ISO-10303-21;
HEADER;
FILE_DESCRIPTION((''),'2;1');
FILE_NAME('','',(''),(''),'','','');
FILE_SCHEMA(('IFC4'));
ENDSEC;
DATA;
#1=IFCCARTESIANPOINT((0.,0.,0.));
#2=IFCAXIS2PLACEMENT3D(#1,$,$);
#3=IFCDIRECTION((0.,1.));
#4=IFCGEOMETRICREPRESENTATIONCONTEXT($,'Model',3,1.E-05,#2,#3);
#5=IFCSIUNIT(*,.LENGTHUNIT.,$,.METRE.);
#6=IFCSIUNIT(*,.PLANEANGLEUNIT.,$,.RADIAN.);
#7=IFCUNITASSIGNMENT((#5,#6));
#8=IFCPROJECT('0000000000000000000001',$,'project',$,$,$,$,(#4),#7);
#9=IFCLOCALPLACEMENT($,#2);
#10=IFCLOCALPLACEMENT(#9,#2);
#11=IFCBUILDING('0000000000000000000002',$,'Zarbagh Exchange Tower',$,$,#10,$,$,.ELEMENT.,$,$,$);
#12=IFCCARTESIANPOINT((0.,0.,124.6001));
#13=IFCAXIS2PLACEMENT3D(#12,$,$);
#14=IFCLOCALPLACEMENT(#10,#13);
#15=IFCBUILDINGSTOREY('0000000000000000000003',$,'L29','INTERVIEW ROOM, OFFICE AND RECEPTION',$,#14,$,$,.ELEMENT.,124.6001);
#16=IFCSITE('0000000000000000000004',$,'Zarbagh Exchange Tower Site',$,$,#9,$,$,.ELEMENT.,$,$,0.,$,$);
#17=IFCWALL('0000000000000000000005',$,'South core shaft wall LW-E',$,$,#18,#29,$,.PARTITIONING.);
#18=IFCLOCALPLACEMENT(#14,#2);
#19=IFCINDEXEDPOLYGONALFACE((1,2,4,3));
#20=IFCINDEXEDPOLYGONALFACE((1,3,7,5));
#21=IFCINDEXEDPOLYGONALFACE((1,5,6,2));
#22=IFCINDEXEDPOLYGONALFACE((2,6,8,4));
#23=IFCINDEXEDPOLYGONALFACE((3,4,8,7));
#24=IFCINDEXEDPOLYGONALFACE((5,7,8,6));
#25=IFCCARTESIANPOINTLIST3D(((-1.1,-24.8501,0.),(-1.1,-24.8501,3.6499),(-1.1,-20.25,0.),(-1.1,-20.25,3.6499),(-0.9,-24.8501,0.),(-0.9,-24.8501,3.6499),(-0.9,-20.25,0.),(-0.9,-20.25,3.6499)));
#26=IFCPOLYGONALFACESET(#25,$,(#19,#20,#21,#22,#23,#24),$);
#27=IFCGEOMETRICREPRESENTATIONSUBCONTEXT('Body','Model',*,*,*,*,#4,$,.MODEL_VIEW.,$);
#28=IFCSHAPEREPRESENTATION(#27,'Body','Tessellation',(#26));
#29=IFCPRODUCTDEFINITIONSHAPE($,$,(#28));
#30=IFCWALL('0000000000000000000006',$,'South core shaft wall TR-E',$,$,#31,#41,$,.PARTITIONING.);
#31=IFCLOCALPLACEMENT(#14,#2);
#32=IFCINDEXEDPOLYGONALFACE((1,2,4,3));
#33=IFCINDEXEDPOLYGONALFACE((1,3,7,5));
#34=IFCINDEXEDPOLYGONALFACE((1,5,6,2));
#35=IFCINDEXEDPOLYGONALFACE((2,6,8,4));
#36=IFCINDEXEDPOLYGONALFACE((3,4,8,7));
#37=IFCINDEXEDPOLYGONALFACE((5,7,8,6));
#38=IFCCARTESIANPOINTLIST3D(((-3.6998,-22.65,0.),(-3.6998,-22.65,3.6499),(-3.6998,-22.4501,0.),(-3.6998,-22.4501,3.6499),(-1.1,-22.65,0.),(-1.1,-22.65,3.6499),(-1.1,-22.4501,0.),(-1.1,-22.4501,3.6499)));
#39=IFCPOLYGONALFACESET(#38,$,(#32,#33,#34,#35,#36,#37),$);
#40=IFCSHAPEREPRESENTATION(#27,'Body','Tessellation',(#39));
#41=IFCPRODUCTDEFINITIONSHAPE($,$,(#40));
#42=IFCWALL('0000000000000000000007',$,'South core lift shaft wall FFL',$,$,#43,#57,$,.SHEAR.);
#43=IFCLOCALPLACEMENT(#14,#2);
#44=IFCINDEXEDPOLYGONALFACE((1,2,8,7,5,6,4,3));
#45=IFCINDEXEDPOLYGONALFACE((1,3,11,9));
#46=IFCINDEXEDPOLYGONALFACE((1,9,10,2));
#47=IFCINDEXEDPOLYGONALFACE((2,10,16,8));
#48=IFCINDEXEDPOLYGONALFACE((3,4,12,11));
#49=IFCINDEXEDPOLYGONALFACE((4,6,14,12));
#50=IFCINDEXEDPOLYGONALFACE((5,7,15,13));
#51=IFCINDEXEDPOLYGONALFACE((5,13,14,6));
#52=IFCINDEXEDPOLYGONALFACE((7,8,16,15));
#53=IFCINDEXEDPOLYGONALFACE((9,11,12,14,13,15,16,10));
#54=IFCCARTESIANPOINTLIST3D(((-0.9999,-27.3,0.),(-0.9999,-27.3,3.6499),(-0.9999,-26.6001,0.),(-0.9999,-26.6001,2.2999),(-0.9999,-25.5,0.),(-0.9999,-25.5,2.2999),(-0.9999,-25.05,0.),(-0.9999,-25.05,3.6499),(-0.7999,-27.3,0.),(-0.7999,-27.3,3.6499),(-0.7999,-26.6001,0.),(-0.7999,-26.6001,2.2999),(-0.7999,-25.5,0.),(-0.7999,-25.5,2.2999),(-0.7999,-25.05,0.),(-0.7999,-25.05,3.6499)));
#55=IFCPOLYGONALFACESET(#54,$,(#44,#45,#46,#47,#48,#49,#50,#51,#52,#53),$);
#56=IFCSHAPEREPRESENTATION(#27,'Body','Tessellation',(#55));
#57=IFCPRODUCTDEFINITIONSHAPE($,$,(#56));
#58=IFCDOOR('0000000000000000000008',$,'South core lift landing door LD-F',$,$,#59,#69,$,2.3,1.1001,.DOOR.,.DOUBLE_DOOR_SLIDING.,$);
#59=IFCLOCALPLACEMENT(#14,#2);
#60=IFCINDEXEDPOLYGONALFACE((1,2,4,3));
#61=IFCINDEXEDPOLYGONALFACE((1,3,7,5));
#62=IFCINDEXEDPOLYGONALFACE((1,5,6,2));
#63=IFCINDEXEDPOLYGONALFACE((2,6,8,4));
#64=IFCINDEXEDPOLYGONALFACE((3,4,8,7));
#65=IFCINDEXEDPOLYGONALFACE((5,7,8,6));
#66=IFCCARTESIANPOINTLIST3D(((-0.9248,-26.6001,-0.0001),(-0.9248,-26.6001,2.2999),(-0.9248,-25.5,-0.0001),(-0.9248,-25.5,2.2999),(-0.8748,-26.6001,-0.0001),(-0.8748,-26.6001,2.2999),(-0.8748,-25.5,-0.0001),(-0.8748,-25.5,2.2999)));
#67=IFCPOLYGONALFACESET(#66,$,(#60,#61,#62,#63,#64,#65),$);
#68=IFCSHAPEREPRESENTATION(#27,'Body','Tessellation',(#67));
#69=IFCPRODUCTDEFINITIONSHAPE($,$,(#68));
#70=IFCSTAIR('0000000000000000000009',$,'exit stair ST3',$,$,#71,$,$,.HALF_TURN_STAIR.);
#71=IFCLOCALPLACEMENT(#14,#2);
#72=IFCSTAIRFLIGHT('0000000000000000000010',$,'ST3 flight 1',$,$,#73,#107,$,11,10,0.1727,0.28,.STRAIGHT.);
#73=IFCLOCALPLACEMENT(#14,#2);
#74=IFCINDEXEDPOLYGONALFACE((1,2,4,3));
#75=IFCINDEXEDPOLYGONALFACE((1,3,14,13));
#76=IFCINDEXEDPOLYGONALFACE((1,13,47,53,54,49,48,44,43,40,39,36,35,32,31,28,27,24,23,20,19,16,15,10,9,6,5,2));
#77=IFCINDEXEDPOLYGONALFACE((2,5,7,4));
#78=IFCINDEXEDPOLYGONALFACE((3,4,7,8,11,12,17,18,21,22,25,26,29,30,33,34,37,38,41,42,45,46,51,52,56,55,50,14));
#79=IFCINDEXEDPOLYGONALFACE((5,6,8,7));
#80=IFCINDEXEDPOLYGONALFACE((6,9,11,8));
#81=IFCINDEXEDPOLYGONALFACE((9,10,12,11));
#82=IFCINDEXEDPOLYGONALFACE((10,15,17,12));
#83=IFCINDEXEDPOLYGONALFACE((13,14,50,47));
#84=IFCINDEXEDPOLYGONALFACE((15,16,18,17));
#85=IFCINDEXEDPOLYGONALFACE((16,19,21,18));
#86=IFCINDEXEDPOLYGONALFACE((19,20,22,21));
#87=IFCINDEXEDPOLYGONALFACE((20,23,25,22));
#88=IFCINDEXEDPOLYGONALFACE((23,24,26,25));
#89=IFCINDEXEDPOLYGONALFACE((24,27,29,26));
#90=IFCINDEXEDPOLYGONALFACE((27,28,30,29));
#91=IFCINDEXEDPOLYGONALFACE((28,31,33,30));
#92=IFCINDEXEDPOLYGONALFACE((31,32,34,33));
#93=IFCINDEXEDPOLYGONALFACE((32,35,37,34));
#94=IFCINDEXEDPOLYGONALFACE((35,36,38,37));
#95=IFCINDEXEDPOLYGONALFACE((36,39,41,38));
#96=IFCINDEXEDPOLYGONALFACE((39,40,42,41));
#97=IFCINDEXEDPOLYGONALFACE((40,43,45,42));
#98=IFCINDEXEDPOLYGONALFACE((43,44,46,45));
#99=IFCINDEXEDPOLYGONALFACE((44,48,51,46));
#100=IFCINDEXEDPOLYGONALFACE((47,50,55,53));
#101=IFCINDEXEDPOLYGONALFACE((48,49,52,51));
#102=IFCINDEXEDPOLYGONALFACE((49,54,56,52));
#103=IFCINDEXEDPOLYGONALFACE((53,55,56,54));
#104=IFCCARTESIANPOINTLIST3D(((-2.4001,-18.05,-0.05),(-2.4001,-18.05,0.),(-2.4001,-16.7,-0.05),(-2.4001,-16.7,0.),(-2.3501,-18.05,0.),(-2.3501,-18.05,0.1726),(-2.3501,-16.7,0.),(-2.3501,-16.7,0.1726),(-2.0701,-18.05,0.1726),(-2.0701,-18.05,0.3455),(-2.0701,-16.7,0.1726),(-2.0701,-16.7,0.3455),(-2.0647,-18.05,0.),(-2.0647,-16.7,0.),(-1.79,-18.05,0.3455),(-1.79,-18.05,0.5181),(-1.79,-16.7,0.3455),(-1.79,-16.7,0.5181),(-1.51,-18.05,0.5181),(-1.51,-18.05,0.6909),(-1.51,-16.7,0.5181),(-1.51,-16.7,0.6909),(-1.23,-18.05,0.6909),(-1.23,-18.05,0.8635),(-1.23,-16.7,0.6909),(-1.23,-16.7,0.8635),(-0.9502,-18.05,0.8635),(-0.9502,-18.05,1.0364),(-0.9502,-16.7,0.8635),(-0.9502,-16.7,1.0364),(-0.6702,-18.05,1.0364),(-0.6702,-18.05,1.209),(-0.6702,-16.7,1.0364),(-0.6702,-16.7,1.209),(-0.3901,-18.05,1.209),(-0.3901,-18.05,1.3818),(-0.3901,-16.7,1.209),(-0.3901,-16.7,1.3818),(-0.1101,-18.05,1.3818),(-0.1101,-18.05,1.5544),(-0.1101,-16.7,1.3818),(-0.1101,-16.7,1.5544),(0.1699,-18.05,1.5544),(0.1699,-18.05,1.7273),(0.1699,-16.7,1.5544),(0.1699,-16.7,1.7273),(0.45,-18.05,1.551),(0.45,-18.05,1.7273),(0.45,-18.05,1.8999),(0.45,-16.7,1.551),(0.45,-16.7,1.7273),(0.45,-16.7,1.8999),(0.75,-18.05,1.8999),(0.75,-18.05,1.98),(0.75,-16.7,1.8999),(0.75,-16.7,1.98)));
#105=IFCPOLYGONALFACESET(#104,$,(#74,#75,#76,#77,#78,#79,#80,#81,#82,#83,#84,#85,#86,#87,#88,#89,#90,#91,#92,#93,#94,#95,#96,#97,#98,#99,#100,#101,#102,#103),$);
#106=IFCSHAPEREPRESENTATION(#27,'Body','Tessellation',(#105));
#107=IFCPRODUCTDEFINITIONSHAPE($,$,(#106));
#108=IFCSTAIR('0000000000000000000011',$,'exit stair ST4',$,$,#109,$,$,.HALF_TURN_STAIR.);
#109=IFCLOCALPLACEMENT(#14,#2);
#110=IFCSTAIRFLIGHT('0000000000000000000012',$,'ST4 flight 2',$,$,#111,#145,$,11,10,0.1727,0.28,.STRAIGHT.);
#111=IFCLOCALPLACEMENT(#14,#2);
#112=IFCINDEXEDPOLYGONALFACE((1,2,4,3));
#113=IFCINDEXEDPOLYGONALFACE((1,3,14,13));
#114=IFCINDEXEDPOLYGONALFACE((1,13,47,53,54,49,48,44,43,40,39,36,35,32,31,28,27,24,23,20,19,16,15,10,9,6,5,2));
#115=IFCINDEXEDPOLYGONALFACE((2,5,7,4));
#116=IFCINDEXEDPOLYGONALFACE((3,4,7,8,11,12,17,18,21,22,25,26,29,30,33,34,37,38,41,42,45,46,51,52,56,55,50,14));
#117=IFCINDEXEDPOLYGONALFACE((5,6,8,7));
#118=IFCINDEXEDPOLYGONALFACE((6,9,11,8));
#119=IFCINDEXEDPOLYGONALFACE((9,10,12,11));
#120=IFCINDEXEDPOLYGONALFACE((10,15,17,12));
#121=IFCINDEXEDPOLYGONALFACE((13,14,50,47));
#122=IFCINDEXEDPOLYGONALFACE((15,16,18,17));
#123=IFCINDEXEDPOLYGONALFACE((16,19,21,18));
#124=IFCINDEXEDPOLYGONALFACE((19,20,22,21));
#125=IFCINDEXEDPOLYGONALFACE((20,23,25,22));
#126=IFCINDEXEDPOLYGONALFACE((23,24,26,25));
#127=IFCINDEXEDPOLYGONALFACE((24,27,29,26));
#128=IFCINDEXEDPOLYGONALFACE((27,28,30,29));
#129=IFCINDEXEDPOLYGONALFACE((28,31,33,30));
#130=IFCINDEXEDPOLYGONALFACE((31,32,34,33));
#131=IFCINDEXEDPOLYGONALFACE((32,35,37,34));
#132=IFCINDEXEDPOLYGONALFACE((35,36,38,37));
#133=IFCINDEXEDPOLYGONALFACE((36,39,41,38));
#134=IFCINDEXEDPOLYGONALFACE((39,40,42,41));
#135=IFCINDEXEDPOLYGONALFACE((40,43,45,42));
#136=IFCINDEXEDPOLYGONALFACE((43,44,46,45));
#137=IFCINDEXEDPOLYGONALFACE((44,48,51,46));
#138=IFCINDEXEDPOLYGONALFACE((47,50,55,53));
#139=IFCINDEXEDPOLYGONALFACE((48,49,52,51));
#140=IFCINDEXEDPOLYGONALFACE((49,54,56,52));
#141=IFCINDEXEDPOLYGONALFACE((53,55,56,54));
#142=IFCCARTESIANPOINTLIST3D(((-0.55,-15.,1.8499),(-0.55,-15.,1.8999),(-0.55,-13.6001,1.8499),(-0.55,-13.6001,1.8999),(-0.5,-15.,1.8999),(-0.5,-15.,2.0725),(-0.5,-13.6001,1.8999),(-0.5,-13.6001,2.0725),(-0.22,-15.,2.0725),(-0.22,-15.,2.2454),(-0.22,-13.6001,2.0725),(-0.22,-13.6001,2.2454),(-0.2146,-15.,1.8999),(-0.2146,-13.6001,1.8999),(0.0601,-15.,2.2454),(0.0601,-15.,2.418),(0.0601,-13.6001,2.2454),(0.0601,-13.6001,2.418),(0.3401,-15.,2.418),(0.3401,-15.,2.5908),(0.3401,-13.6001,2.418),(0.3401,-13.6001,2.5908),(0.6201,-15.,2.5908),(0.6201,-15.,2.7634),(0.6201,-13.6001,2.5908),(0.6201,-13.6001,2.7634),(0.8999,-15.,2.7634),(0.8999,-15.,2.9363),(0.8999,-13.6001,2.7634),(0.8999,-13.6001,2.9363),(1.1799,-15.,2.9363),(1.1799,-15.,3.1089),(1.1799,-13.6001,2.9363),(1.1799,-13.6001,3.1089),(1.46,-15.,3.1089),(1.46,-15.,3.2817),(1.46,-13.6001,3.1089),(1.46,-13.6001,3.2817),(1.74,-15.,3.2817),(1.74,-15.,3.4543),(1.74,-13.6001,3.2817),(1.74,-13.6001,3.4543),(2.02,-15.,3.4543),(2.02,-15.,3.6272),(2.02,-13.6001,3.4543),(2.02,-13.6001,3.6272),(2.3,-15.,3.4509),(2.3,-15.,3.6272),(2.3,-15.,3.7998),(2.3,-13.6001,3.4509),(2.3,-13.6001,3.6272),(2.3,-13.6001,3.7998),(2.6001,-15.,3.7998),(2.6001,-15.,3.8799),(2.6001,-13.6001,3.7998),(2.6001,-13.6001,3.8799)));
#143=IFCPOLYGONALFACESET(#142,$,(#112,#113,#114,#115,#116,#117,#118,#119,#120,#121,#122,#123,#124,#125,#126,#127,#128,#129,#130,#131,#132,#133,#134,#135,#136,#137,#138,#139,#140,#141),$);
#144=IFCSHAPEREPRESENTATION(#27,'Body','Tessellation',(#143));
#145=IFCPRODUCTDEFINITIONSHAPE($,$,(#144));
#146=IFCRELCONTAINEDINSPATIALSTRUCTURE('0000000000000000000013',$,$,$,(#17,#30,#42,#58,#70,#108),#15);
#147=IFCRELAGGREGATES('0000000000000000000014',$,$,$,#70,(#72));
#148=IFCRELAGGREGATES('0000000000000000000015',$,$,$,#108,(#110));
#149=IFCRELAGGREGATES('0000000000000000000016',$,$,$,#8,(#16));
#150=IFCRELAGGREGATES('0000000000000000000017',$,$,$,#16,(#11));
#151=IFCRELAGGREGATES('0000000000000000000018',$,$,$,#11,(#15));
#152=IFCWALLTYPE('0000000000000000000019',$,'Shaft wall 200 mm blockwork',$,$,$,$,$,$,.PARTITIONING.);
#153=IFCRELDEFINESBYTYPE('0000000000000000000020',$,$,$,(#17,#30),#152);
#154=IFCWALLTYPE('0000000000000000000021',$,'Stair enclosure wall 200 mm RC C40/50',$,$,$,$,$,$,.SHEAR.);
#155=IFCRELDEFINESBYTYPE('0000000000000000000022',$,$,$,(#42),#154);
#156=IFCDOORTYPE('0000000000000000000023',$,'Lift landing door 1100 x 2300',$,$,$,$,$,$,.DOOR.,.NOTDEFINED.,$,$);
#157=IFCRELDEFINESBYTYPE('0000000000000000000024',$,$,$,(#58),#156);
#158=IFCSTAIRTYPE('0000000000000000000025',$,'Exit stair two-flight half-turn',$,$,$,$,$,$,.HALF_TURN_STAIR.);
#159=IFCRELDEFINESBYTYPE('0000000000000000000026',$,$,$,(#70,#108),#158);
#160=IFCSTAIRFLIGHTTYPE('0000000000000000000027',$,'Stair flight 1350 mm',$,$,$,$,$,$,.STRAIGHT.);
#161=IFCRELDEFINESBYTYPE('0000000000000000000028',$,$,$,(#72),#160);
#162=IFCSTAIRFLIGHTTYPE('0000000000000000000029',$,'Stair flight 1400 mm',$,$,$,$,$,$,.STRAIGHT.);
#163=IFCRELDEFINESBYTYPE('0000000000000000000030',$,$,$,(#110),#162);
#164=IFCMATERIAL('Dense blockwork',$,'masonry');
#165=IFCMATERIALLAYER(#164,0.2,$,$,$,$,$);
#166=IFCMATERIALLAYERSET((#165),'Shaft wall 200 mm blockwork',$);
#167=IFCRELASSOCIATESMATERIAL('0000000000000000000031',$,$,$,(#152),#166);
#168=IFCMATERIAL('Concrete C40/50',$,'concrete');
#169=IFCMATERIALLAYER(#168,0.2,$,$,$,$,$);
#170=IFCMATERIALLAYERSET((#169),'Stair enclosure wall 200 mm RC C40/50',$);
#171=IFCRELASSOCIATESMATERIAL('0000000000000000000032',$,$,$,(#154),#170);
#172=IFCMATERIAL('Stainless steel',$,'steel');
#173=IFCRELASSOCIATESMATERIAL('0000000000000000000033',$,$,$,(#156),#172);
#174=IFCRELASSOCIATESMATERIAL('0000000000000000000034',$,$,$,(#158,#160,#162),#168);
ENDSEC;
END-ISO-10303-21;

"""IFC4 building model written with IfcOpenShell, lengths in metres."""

from ifc_helpers import new_model, si_unit, direction, frame, frame_2d, origin, place, context, subcontext, project, spatial, polyline, rectangle, outline, extrude, material, layer, layer_set, type_object, element, fill, aggregate, save


model = new_model("IFC4")

# Units and contexts
model_context = context("Model", 3, precision=1e-05, world=origin(), true_north=direction((0.0, 1.0)))
body_context = subcontext(model_context, "Body", "Model", "MODEL_VIEW")
ifc_project = project(units=[si_unit("LENGTHUNIT", "METRE"), si_unit("PLANEANGLEUNIT", "RADIAN")], contexts=[model_context])

# Site, building, storey
site_placement = place(None, origin())
site = spatial("IfcSite", under=ifc_project, at=site_placement, Name="Zarbagh Exchange Tower Site", CompositionType="ELEMENT", RefElevation=0.0)
building_placement = place(site_placement, origin())
building = spatial("IfcBuilding", under=site, at=building_placement, Name="Zarbagh Exchange Tower", CompositionType="ELEMENT")
storey_placement = place(building_placement, frame((0.0, 0.0, 124.6001)))
storey = spatial("IfcBuildingStorey", under=building, at=storey_placement, Name="L29", Description="INTERVIEW ROOM, OFFICE AND RECEPTION", CompositionType="ELEMENT", Elevation=124.6001)

# Shared definitions
ifc_material_1 = material(Name="Concrete C40/50", Category="concrete")

# Walls
ifc_material_2 = material(Name="Dense blockwork", Category="masonry")
ifc_layer_1 = layer(ifc_material_2, 0.2)
ifc_layer_set_1 = layer_set([ifc_layer_1], Name="Shaft wall 200 mm blockwork")
wall_type_1 = type_object("IfcWallType", Name="Shaft wall 200 mm blockwork", PredefinedType="PARTITIONING", material=ifc_layer_set_1)
wall_1_placement = place(storey_placement, frame((-1.0, -24.8501, 0.0), z_axis=(0.0, 0.0, 1.0), x_axis=(0.0, 1.0, 0.0)))
element("IfcWall", 1, at=wall_1_placement, inside=storey, type_object=wall_type_1, Name="South core shaft wall LW-E", PredefinedType="PARTITIONING", context=body_context, shape_type="SweptSolid", body=[
    extrude(rectangle(XDim=4.6001, YDim=0.2, at=frame_2d((2.3, 0.0))), origin(), (0.0, 0.0, 1.0), 3.6499),
])
wall_2_placement = place(storey_placement, frame((-1.1001, -22.55, 0.0), z_axis=(0.0, 0.0, 1.0), x_axis=(-1.0, 0.0, 0.0)))
element("IfcWall", 2, at=wall_2_placement, inside=storey, type_object=wall_type_1, Name="South core shaft wall TR-E", PredefinedType="PARTITIONING", context=body_context, shape_type="SweptSolid", body=[
    extrude(rectangle(XDim=2.5999, YDim=0.2, at=frame_2d((1.2998, 0.0))), origin(), (0.0, 0.0, 1.0), 3.6499),
])

# Wall, opening, door
ifc_layer_2 = layer(ifc_material_1, 0.2)
ifc_layer_set_2 = layer_set([ifc_layer_2], Name="Stair enclosure wall 200 mm RC C40/50")
wall_type_2 = type_object("IfcWallType", Name="Stair enclosure wall 200 mm RC C40/50", PredefinedType="SHEAR", material=ifc_layer_set_2)
wall_3_placement = place(storey_placement, frame((-0.8999, -27.3, 0.0), z_axis=(0.0, 0.0, 1.0), x_axis=(0.0, 1.0, 0.0)))
wall_3 = element("IfcWall", 3, at=wall_3_placement, inside=storey, type_object=wall_type_2, Name="South core lift shaft wall FFL", PredefinedType="SHEAR", context=body_context, shape_type="SweptSolid", body=[
    extrude(rectangle(XDim=2.25, YDim=0.2, at=frame_2d((1.125, 0.0))), origin(), (0.0, 0.0, 1.0), 3.6499),
])
opening_1_placement = place(wall_3_placement, frame((0.7, 0.0, 0.0)))
opening_1 = element("IfcOpeningElement", 4, at=opening_1_placement, cuts=wall_3, PredefinedType="OPENING", context=body_context, shape_type="SweptSolid", body=[
    extrude(rectangle(XDim=1.1001, YDim=2.3, at=frame_2d((0.55, 1.1499))), frame((0.0, 0.1099, 0.0), z_axis=(0.0, -1.0, 0.0), x_axis=(1.0, 0.0, 0.0)), (0.0, 0.0, 1.0), 0.22),
])
ifc_material_3 = material(Name="Stainless steel", Category="steel")
door_type_1 = type_object("IfcDoorType", Name="Lift landing door 1100 x 2300", OperationType="NOTDEFINED", PredefinedType="DOOR", material=ifc_material_3)
door_1_placement = place(opening_1_placement, origin())
door_1 = element("IfcDoor", 5, at=door_1_placement, inside=storey, type_object=door_type_1, Name="South core lift landing door LD-F", OperationType="DOUBLE_DOOR_SLIDING", OverallHeight=2.3, OverallWidth=1.1001, PredefinedType="DOOR", context=body_context, shape_type="SweptSolid", body=[
    extrude(rectangle(XDim=1.1001, YDim=2.3, at=frame_2d((0.55, 1.1499))), frame((0.0, 0.0249, 0.0), z_axis=(0.0, -1.0, 0.0), x_axis=(1.0, 0.0, 0.0)), (0.0, 0.0, 1.0), 0.05),
])
fill(opening_1, door_1)

# Stairs, stair flights
stair_type = type_object("IfcStairType", Name="Exit stair two-flight half-turn", PredefinedType="HALF_TURN_STAIR", material=ifc_material_1)
stair_1_placement = place(storey_placement, origin())
stair_1 = element("IfcStair", 6, at=stair_1_placement, inside=storey, type_object=stair_type, Name="exit stair ST3", PredefinedType="HALF_TURN_STAIR")
stair_flight_type_1 = type_object("IfcStairFlightType", Name="Stair flight 1350 mm", PredefinedType="STRAIGHT", material=ifc_material_1)
stair_flight_1_placement = place(storey_placement, frame((-2.3501, -17.375, 0.0), z_axis=(0.0, 0.0, 1.0), x_axis=(1.0, 0.0, 0.0)))
stair_flight_1 = element("IfcStairFlight", 7, at=stair_flight_1_placement, type_object=stair_flight_type_1, Name="ST3 flight 1", NumberOfRisers=11, NumberOfTreads=10, PredefinedType="STRAIGHT", RiserHeight=0.1727, TreadLength=0.28, context=body_context, shape_type="SweptSolid", body=[
    extrude(outline(polyline([(-0.05, -0.05), (-0.05, 0.0), (0.0, 0.0), (0.0, 0.1726), (0.28, 0.1726), (0.28, 0.3455), (0.5601, 0.3455), (0.5601, 0.5181), (0.8401, 0.5181), (0.8401, 0.6909), (1.1201, 0.6909), (1.1201, 0.8635), (1.3999, 0.8635), (1.3999, 1.0364), (1.6799, 1.0364), (1.6799, 1.209), (1.96, 1.209), (1.96, 1.3818), (2.24, 1.3818), (2.24, 1.5544), (2.52, 1.5544), (2.52, 1.7273), (2.8, 1.7273), (2.8, 1.8999), (3.1001, 1.98), (3.1001, 1.8999), (2.8, 1.551), (0.2854, 0.0), (-0.05, -0.05)])), frame((0.0, 0.675, 0.0), z_axis=(0.0, -1.0, 0.0), x_axis=(1.0, 0.0, 0.0)), (0.0, 0.0, 1.0), 1.3501),
])
aggregate(stair_1, [stair_flight_1])
stair_2_placement = place(storey_placement, origin())
stair_2 = element("IfcStair", 8, at=stair_2_placement, inside=storey, type_object=stair_type, Name="exit stair ST4", PredefinedType="HALF_TURN_STAIR")
stair_flight_type_2 = type_object("IfcStairFlightType", Name="Stair flight 1400 mm", PredefinedType="STRAIGHT", material=ifc_material_1)
stair_flight_2_placement = place(storey_placement, frame((-0.5, -14.3, 1.8999), z_axis=(0.0, 0.0, 1.0), x_axis=(1.0, 0.0, 0.0)))
stair_flight_2 = element("IfcStairFlight", 9, at=stair_flight_2_placement, type_object=stair_flight_type_2, Name="ST4 flight 2", NumberOfRisers=11, NumberOfTreads=10, PredefinedType="STRAIGHT", RiserHeight=0.1727, TreadLength=0.28, context=body_context, shape_type="SweptSolid", body=[
    extrude(outline(polyline([(-0.05, -0.05), (-0.05, 0.0), (0.0, 0.0), (0.0, 0.1726), (0.28, 0.1726), (0.28, 0.3455), (0.5601, 0.3455), (0.5601, 0.5181), (0.8401, 0.5181), (0.8401, 0.6909), (1.1201, 0.6909), (1.1201, 0.8635), (1.3999, 0.8635), (1.3999, 1.0364), (1.6799, 1.0364), (1.6799, 1.209), (1.96, 1.209), (1.96, 1.3818), (2.24, 1.3818), (2.24, 1.5544), (2.52, 1.5544), (2.52, 1.7273), (2.8, 1.7273), (2.8, 1.8999), (3.1001, 1.98), (3.1001, 1.8999), (2.8, 1.551), (0.2854, 0.0), (-0.05, -0.05)])), frame((0.0, 0.7, 0.0), z_axis=(0.0, -1.0, 0.0), x_axis=(1.0, 0.0, 0.0)), (0.0, 0.0, 1.0), 1.3999),
])
aggregate(stair_2, [stair_flight_2])

save(model, "model.ifc")
